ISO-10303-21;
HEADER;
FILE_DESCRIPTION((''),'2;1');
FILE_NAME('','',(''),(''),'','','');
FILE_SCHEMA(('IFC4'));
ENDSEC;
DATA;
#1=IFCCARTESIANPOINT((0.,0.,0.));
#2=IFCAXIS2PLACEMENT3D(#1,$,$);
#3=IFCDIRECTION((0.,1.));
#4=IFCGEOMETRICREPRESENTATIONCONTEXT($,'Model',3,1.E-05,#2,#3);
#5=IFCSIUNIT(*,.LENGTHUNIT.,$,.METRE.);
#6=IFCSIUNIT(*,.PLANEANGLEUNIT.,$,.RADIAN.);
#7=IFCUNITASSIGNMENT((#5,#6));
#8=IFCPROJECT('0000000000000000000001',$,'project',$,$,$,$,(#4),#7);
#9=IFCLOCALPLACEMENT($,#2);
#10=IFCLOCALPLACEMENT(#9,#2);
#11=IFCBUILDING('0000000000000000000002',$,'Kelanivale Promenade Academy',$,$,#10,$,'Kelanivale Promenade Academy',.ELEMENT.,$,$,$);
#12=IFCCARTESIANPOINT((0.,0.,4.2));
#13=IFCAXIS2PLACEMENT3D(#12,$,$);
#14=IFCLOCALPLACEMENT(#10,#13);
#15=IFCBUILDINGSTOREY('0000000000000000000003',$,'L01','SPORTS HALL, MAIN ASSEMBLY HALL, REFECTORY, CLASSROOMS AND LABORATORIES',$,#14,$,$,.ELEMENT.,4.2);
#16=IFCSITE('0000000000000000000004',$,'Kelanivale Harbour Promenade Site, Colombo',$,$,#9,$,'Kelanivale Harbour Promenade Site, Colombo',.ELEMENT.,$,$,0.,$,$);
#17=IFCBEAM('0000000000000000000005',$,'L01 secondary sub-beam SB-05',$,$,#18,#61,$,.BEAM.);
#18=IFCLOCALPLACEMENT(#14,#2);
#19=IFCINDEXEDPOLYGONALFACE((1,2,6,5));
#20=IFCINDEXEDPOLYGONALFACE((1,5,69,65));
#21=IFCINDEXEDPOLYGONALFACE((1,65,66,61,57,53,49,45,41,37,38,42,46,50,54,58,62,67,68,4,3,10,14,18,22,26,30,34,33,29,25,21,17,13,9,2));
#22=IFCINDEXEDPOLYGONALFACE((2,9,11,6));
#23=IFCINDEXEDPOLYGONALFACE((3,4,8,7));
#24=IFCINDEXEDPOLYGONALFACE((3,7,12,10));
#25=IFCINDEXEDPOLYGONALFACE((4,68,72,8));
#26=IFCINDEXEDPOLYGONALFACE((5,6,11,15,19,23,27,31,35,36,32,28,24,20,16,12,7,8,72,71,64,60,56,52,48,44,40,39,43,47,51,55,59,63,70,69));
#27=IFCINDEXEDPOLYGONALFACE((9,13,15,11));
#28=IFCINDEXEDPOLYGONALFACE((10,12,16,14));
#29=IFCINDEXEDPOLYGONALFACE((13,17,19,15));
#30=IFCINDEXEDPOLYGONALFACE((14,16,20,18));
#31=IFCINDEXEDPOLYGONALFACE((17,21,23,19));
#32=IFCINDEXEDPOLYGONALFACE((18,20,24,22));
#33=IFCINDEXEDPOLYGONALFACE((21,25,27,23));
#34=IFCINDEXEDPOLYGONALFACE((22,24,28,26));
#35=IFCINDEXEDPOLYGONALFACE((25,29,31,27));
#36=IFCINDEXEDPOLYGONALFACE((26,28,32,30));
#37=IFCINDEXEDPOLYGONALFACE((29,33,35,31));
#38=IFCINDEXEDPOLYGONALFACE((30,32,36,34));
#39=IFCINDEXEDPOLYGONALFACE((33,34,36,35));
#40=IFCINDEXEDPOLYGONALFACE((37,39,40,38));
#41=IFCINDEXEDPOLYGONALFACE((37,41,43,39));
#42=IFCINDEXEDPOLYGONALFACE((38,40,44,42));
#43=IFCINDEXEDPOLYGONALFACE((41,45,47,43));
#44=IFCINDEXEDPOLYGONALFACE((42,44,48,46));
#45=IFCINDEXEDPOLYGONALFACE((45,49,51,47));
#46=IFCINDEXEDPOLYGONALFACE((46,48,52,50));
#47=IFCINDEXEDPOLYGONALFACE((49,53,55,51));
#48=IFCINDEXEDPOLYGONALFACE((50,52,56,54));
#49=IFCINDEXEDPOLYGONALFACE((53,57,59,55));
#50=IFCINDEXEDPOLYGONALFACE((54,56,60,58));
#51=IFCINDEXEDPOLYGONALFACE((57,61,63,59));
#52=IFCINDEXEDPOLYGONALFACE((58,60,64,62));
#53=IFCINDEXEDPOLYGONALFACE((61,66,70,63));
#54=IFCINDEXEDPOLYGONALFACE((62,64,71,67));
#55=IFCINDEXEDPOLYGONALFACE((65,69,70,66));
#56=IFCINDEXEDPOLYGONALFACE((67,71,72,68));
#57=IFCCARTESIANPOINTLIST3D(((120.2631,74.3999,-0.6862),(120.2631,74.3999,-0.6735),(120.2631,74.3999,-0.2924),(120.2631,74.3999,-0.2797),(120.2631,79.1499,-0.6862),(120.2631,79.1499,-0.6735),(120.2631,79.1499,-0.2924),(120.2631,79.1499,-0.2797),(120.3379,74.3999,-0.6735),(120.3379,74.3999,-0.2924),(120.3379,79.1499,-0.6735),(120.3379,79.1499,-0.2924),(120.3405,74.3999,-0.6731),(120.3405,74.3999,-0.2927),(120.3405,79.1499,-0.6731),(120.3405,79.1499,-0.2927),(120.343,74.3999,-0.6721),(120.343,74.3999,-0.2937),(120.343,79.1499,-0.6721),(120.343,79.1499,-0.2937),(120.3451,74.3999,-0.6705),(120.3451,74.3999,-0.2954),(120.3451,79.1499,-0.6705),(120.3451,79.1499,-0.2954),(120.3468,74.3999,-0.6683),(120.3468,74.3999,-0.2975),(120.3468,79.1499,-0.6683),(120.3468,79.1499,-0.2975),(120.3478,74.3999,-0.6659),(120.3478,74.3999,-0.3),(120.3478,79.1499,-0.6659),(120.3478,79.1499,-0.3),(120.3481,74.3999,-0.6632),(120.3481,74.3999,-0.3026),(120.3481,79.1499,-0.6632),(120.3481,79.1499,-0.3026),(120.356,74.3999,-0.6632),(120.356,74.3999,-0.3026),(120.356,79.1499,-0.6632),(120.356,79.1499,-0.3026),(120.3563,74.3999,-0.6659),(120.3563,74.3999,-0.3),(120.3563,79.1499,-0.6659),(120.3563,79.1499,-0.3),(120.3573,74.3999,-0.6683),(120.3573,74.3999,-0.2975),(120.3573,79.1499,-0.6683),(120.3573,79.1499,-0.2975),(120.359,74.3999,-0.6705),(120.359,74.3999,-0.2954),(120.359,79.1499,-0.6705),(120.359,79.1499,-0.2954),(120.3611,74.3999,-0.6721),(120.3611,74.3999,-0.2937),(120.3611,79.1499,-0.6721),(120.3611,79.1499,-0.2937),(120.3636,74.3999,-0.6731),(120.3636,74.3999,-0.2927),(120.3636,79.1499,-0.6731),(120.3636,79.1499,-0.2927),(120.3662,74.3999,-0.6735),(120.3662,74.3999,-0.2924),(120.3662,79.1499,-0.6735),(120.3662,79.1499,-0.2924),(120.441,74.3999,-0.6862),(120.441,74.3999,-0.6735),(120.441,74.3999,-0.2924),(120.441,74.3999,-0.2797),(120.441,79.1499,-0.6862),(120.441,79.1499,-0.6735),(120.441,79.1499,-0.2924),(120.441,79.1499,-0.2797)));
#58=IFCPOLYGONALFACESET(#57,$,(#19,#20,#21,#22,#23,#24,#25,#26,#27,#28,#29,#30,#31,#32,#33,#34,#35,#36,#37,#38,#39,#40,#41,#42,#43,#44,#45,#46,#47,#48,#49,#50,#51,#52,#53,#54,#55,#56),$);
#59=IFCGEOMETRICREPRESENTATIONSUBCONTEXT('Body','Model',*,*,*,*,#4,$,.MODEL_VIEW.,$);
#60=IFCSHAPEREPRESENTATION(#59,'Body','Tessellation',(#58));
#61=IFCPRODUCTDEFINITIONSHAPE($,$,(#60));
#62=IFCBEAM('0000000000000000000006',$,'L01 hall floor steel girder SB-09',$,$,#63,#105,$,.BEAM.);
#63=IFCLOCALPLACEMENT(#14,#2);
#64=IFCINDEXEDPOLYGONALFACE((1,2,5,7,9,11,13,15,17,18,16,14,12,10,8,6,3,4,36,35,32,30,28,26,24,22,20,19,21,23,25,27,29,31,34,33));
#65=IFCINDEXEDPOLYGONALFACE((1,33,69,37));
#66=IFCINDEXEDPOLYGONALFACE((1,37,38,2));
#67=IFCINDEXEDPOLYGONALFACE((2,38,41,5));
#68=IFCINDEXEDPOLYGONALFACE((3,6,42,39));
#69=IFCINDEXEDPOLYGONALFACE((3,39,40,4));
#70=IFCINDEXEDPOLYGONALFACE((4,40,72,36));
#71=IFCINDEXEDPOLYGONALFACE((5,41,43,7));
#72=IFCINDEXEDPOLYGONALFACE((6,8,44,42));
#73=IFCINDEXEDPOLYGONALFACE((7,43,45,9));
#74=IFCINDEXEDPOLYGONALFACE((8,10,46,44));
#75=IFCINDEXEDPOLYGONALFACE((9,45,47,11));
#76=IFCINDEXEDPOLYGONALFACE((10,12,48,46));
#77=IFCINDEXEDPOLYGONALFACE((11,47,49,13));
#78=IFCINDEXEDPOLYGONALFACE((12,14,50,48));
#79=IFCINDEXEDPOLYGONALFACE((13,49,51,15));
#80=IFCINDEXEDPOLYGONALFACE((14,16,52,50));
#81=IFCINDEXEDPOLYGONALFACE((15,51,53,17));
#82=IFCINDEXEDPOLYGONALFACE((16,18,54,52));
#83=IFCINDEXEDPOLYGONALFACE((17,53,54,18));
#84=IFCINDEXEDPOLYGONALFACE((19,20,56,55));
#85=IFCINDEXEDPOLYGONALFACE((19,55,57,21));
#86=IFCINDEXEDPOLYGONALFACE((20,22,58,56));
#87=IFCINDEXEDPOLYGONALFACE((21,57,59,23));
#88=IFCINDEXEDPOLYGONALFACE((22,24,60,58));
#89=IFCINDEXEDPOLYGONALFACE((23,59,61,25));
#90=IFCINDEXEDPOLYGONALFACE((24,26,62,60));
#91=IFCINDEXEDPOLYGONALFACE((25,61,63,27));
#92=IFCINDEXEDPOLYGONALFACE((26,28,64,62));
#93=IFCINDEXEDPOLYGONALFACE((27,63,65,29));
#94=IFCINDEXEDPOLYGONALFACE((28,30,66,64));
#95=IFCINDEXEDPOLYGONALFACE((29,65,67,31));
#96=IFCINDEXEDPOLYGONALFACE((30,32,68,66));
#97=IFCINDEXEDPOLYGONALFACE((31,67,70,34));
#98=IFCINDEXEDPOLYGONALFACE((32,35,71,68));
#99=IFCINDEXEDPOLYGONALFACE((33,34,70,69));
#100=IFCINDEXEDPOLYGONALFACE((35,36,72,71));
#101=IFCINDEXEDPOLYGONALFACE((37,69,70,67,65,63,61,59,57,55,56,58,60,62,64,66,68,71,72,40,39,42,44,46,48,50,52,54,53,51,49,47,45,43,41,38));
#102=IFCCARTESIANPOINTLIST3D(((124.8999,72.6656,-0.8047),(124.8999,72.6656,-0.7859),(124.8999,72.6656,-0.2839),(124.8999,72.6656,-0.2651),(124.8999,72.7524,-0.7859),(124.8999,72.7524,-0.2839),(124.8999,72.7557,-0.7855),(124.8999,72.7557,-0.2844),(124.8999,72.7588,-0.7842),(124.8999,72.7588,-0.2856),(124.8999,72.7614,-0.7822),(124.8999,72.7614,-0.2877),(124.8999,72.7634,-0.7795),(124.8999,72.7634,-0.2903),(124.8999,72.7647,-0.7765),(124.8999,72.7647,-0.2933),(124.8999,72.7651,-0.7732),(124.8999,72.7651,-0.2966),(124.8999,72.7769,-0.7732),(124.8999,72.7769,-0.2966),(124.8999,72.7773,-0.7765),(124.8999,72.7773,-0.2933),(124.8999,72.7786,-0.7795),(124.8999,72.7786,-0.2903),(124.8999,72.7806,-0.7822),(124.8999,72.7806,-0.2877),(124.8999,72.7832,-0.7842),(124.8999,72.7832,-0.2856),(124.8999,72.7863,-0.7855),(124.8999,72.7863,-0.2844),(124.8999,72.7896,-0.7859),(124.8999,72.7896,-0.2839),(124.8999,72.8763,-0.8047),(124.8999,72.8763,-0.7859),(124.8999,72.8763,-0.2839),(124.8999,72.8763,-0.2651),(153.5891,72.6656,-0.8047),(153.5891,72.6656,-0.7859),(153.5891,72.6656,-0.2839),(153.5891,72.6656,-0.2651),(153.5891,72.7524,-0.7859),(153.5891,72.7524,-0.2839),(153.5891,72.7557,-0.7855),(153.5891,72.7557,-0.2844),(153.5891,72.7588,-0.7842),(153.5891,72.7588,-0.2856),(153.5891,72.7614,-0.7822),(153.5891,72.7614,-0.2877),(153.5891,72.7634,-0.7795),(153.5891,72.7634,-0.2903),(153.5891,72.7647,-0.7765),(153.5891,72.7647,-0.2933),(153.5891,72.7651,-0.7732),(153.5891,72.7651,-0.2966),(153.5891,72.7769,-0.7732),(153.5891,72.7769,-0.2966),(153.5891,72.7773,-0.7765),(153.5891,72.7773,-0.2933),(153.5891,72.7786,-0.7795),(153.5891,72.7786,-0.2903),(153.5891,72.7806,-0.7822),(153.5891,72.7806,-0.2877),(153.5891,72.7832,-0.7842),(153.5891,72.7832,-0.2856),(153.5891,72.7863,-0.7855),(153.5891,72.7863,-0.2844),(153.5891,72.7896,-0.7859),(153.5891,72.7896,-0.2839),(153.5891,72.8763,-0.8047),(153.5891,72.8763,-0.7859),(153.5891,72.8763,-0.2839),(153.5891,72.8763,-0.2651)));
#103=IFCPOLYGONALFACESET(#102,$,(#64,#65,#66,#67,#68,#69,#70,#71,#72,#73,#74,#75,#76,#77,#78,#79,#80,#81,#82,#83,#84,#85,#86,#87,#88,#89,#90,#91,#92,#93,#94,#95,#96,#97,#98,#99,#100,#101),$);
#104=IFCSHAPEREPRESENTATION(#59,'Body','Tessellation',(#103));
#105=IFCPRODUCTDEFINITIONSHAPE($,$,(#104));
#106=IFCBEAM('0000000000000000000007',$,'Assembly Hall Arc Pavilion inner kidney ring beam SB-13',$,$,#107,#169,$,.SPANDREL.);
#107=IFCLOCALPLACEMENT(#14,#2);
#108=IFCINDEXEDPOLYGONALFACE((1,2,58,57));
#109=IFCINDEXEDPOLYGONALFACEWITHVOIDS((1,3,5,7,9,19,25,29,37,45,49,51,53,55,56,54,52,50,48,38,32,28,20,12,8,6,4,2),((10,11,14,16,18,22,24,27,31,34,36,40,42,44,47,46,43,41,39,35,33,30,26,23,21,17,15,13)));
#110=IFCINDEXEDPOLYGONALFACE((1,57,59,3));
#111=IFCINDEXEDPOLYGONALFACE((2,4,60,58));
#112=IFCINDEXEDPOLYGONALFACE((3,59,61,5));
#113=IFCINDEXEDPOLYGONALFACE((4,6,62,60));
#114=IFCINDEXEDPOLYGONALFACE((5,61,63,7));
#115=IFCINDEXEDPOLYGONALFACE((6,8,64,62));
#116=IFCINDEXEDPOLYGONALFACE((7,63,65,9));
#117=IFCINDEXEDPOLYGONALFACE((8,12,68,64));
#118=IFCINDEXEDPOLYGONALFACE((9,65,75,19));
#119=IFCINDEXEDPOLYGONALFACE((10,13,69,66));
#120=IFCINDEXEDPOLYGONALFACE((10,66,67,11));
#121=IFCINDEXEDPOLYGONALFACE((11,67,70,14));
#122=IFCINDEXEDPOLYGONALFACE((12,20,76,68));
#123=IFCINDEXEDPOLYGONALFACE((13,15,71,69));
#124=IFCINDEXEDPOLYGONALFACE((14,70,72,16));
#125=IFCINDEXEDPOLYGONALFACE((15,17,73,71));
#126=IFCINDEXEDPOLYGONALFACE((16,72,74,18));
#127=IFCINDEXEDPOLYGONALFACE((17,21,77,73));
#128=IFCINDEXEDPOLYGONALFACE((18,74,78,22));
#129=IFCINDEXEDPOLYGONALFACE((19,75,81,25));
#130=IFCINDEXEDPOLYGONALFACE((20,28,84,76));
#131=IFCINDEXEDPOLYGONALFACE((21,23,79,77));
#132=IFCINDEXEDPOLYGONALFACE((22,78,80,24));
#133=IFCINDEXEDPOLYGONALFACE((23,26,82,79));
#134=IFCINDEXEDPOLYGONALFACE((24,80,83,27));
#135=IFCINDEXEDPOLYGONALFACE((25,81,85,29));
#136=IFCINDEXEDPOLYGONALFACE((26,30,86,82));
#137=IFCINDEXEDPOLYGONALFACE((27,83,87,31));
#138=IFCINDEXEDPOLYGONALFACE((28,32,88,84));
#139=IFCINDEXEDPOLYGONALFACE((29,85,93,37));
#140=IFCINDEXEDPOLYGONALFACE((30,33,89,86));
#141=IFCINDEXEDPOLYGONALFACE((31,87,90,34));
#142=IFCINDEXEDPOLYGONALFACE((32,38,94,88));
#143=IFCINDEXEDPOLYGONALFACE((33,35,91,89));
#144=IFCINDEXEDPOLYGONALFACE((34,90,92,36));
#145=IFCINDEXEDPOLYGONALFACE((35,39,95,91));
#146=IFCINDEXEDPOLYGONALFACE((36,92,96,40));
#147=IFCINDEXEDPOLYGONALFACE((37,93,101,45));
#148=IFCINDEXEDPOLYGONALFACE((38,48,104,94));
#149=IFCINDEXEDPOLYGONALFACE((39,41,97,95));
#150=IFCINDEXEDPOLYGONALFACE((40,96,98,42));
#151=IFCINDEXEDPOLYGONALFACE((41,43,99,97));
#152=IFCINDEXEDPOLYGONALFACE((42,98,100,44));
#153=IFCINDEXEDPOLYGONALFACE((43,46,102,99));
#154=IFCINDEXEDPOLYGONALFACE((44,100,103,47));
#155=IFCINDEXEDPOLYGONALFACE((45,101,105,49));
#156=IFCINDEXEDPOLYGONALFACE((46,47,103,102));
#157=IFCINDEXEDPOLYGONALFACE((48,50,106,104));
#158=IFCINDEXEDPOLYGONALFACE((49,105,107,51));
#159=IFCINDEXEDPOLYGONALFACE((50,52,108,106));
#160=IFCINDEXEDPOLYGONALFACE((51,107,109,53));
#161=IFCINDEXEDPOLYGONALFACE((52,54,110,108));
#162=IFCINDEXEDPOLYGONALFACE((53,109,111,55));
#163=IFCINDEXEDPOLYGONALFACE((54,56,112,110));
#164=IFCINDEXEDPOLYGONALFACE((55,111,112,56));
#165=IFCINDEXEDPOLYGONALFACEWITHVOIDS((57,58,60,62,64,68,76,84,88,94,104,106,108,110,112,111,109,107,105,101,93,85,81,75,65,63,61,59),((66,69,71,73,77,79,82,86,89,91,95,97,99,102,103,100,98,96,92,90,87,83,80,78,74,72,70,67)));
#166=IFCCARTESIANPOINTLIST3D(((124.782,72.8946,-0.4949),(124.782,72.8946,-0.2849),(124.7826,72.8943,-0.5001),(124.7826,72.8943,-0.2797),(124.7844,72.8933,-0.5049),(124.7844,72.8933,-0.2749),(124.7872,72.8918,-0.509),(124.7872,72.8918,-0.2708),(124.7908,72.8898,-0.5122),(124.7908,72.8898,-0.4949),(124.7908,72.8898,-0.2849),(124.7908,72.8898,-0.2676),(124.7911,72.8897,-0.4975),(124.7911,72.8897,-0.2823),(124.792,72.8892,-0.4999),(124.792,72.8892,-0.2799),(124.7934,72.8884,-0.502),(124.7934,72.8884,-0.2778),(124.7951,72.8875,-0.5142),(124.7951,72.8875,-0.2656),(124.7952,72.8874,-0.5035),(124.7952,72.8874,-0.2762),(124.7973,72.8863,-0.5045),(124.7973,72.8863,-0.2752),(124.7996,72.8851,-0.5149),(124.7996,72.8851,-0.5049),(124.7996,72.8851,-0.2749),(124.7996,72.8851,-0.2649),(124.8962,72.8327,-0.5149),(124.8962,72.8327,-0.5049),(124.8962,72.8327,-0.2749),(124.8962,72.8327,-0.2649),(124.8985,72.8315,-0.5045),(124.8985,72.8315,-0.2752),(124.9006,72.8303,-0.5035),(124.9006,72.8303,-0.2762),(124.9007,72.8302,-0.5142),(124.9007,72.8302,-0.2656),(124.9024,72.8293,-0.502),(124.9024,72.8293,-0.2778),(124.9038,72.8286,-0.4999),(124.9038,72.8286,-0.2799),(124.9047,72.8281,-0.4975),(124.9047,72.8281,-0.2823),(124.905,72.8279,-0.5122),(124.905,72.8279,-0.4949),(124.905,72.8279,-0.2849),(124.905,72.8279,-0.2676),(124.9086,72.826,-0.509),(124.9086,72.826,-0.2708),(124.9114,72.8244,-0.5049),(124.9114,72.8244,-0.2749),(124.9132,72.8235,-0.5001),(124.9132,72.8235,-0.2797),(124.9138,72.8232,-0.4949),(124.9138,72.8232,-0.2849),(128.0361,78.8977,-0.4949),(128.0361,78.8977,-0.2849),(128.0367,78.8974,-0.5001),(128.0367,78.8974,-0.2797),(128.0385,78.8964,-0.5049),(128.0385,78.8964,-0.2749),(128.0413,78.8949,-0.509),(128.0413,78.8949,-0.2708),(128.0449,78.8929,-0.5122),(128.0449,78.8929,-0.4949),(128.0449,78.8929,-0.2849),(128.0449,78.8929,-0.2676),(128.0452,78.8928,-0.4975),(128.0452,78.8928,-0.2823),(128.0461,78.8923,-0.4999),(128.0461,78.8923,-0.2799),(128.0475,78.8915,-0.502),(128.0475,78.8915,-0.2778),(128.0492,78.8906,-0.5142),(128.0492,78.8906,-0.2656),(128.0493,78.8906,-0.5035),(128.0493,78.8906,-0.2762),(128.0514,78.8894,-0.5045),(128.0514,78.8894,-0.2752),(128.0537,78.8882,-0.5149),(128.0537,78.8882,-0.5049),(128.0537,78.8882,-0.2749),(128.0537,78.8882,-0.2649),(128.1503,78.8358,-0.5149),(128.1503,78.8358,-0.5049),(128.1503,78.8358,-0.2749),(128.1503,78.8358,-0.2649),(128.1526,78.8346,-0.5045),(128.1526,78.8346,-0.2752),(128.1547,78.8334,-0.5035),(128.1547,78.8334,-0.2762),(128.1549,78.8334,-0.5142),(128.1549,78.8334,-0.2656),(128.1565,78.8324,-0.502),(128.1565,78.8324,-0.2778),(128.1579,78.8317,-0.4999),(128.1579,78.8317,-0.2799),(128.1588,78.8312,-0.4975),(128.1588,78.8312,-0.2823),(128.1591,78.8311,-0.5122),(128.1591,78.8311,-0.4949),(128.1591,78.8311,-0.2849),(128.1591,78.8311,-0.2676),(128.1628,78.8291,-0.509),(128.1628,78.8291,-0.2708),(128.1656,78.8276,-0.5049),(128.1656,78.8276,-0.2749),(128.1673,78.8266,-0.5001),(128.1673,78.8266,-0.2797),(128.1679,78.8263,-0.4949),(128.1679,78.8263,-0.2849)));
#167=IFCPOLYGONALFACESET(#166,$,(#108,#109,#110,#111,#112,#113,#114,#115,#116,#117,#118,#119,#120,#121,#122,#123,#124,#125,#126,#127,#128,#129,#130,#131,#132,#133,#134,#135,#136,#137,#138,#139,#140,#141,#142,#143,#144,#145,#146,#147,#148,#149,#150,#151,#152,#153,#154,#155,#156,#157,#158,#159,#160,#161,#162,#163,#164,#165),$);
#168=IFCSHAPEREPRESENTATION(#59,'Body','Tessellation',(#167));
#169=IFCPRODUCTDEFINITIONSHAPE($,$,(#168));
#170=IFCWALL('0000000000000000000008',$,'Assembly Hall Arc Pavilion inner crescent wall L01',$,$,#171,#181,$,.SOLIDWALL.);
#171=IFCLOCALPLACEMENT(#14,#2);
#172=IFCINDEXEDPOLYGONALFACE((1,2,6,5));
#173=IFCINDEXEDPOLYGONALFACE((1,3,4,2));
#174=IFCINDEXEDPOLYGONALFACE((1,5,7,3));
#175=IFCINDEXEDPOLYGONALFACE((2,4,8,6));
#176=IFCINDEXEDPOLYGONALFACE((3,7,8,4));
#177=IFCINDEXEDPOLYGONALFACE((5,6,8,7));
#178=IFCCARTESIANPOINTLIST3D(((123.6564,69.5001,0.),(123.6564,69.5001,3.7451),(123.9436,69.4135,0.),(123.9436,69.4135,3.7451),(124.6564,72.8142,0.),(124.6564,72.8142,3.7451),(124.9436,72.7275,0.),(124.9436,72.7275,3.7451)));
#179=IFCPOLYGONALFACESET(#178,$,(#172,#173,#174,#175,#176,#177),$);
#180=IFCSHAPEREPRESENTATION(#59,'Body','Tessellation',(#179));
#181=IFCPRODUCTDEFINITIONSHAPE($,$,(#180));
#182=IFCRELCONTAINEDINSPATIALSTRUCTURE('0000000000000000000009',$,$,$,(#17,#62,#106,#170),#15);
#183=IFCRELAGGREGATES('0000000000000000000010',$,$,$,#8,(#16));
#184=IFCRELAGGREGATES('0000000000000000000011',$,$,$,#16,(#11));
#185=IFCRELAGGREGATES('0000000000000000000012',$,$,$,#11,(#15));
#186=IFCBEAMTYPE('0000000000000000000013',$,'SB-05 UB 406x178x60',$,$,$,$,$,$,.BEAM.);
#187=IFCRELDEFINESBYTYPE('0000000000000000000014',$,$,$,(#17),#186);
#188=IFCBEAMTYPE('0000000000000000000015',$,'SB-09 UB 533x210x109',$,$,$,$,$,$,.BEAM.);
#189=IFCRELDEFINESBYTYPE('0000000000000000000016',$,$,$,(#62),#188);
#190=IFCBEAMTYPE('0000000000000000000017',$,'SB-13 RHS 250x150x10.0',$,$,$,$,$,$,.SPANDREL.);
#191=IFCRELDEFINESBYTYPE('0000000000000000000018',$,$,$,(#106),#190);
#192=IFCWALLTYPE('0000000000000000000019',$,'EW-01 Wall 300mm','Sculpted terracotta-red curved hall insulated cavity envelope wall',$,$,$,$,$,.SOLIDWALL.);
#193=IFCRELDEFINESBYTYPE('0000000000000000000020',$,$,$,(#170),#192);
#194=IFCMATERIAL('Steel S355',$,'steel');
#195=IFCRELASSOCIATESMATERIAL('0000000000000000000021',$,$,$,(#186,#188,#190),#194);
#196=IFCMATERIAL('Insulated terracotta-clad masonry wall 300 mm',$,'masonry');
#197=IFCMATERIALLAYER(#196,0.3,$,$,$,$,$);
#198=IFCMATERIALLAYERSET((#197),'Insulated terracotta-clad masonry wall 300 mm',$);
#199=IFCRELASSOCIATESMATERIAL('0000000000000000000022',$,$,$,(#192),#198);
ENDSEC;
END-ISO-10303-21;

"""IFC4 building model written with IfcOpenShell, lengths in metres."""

from ifc_helpers import new_model, si_unit, direction, frame, frame_2d, origin, origin_2d, place, context, subcontext, project, spatial, rectangle, hollow_rectangle, i_section, extrude, material, layer, layer_set, material_profile, profile_set, type_object, element, save


model = new_model("IFC4")

# Units and contexts
model_context = context("Model", 3, precision=1e-05, world=origin(), true_north=direction((0.0, 1.0)))
body_context = subcontext(model_context, "Body", "Model", "MODEL_VIEW")
ifc_project = project(units=[si_unit("LENGTHUNIT", "METRE"), si_unit("PLANEANGLEUNIT", "RADIAN")], contexts=[model_context])

# Site, building, storey
site_placement = place(None, origin())
site = spatial("IfcSite", under=ifc_project, at=site_placement, Name="Kelanivale Harbour Promenade Site, Colombo", LongName="Kelanivale Harbour Promenade Site, Colombo", CompositionType="ELEMENT", RefElevation=0.0)
building_placement = place(site_placement, origin())
building = spatial("IfcBuilding", under=site, at=building_placement, Name="Kelanivale Promenade Academy", LongName="Kelanivale Promenade Academy", CompositionType="ELEMENT")
storey_placement = place(building_placement, frame((0.0, 0.0, 4.2)))
storey = spatial("IfcBuildingStorey", under=building, at=storey_placement, Name="L01", Description="SPORTS HALL, MAIN ASSEMBLY HALL, REFECTORY, CLASSROOMS AND LABORATORIES", CompositionType="ELEMENT", Elevation=4.2)

# Beams
ifc_material_1 = material(Name="Steel S355", Category="steel")
ifc_material_profile_1 = material_profile(ifc_material_1, i_section(OverallWidth=0.178, OverallDepth=0.4065, WebThickness=0.0078, FlangeThickness=0.0127, FilletRadius=0.0103, at=origin_2d()), Name="UB 406x178x60")
ifc_profile_set_1 = profile_set([ifc_material_profile_1], Name="Steel S355")
beam_type_1 = type_object("IfcBeamType", Name="SB-05 UB 406x178x60", PredefinedType="BEAM", material=ifc_profile_set_1)
beam_1_placement = place(storey_placement, frame((120.3521, 74.3999, -0.4829), z_axis=(0.0, 1.0, 0.0), x_axis=(-1.0, 0.0, 0.0)))
element("IfcBeam", 1, at=beam_1_placement, inside=storey, type_object=beam_type_1, Name="L01 secondary sub-beam SB-05", PredefinedType="BEAM", context=body_context, shape_type="SweptSolid", body=[
    extrude(i_section(OverallWidth=0.178, OverallDepth=0.4065, WebThickness=0.0078, FlangeThickness=0.0127, FilletRadius=0.0103, at=origin_2d()), origin(), (0.0, 0.0, 1.0), 4.75),
])
ifc_material_profile_2 = material_profile(ifc_material_1, i_section(OverallWidth=0.2107, OverallDepth=0.5396, WebThickness=0.0117, FlangeThickness=0.0188, FilletRadius=0.0127, at=origin_2d()), Name="UB 533x210x109")
ifc_profile_set_2 = profile_set([ifc_material_profile_2], Name="Steel S355")
beam_type_2 = type_object("IfcBeamType", Name="SB-09 UB 533x210x109", PredefinedType="BEAM", material=ifc_profile_set_2)
beam_2_placement = place(storey_placement, frame((124.8999, 72.771, -0.5349), z_axis=(1.0, 0.0, 0.0), x_axis=(0.0, 1.0, 0.0)))
element("IfcBeam", 2, at=beam_2_placement, inside=storey, type_object=beam_type_2, Name="L01 hall floor steel girder SB-09", PredefinedType="BEAM", context=body_context, shape_type="SweptSolid", body=[
    extrude(i_section(OverallWidth=0.2107, OverallDepth=0.5396, WebThickness=0.0117, FlangeThickness=0.0188, FilletRadius=0.0127, at=origin_2d()), origin(), (0.0, 0.0, 1.0), 28.6892),
])
ifc_material_profile_3 = material_profile(ifc_material_1, hollow_rectangle(XDim=0.1499, YDim=0.25, WallThickness=0.01, InnerFilletRadius=0.01, OuterFilletRadius=0.02, at=origin_2d()), Name="RHS 250x150x10.0")
ifc_profile_set_3 = profile_set([ifc_material_profile_3], Name="Steel S355")
beam_type_3 = type_object("IfcBeamType", Name="SB-13 RHS 250x150x10.0", PredefinedType="SPANDREL", material=ifc_profile_set_3)
beam_3_placement = place(storey_placement, frame((124.8479, 72.8589, -0.3899), z_axis=(0.476558, 0.879143, 0.0), x_axis=(-0.879143, 0.476558, 0.0)))
element("IfcBeam", 3, at=beam_3_placement, inside=storey, type_object=beam_type_3, Name="Assembly Hall Arc Pavilion inner kidney ring beam SB-13", PredefinedType="SPANDREL", context=body_context, shape_type="SweptSolid", body=[
    extrude(hollow_rectangle(XDim=0.1499, YDim=0.25, WallThickness=0.01, InnerFilletRadius=0.01, OuterFilletRadius=0.02, at=origin_2d()), origin(), (0.0, 0.0, 1.0), 6.8284),
])

# Wall
ifc_material_2 = material(Name="Insulated terracotta-clad masonry wall 300 mm", Category="masonry")
ifc_layer_1 = layer(ifc_material_2, 0.3)
ifc_layer_set_1 = layer_set([ifc_layer_1], Name="Insulated terracotta-clad masonry wall 300 mm")
wall_type_1 = type_object("IfcWallType", Name="EW-01 Wall 300mm", Description="Sculpted terracotta-red curved hall insulated cavity envelope wall", PredefinedType="SOLIDWALL", material=ifc_layer_set_1)
wall_1_placement = place(storey_placement, frame((124.8, 72.771, 0.0), z_axis=(0.0, 0.0, 1.0), x_axis=(-0.288888, -0.957363, 0.0)))
element("IfcWall", 4, at=wall_1_placement, inside=storey, type_object=wall_type_1, Name="Assembly Hall Arc Pavilion inner crescent wall L01", PredefinedType="SOLIDWALL", context=body_context, shape_type="SweptSolid", body=[
    extrude(rectangle(XDim=3.4617, YDim=0.3, at=frame_2d((1.731, 0.0))), origin(), (0.0, 0.0, 1.0), 3.7451),
])

save(model, "model.ifc")
